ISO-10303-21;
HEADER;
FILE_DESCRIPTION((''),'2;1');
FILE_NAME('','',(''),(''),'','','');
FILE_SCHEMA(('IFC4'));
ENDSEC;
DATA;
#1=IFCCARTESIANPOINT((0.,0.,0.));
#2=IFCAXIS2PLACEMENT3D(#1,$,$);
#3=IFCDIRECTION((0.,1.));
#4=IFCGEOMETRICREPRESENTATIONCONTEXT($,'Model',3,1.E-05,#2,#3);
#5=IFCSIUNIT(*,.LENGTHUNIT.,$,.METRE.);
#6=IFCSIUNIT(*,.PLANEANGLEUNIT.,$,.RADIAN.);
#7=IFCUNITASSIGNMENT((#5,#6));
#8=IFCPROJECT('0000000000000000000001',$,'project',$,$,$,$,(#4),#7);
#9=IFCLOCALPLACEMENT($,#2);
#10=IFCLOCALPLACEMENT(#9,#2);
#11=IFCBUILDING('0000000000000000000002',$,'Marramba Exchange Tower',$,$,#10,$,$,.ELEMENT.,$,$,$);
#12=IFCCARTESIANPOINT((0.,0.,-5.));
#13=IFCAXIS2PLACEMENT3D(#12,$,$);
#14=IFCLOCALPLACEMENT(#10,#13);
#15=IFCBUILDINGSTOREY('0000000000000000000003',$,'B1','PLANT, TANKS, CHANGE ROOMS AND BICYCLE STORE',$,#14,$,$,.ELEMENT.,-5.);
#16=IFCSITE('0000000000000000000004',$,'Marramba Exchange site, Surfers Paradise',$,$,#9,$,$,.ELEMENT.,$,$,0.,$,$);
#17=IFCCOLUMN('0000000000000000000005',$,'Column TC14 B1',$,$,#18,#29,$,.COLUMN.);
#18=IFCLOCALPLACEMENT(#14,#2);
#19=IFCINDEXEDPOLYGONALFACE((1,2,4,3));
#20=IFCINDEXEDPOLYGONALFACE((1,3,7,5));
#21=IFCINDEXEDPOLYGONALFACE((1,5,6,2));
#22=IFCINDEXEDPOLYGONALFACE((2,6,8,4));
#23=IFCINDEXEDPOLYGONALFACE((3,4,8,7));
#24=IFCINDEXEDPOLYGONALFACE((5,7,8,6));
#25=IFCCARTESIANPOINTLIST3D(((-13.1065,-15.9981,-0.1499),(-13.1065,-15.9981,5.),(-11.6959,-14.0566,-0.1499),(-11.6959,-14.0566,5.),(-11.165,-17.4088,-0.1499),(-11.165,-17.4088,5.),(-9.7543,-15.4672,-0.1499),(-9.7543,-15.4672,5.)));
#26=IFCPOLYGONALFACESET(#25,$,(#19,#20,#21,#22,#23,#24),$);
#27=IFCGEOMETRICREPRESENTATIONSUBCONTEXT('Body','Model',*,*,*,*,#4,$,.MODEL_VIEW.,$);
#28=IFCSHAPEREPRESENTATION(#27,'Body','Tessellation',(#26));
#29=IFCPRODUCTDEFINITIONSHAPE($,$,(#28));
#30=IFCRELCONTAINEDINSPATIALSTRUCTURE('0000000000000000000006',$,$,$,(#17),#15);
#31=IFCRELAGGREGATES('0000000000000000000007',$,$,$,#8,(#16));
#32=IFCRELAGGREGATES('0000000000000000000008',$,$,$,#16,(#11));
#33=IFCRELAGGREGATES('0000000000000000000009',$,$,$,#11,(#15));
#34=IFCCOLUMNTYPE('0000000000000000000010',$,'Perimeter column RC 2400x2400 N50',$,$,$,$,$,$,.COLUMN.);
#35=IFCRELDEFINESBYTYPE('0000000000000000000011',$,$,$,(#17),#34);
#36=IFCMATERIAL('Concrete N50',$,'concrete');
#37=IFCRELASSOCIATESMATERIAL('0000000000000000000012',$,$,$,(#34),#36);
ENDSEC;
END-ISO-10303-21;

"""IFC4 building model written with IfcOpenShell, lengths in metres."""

from ifc_helpers import new_model, si_unit, direction, frame, origin, origin_2d, place, context, subcontext, project, spatial, rectangle, extrude, material, material_profile, profile_set, type_object, element, save


model = new_model("IFC4")

# Units and contexts
model_context = context("Model", 3, precision=1e-05, world=origin(), true_north=direction((0.0, 1.0)))
body_context = subcontext(model_context, "Body", "Model", "MODEL_VIEW")
ifc_project = project(units=[si_unit("LENGTHUNIT", "METRE"), si_unit("PLANEANGLEUNIT", "RADIAN")], contexts=[model_context])

# Site, building, storey
site_placement = place(None, origin())
site = spatial("IfcSite", under=ifc_project, at=site_placement, Name="Marramba Exchange site, Surfers Paradise", CompositionType="ELEMENT", RefElevation=0.0)
building_placement = place(site_placement, origin())
building = spatial("IfcBuilding", under=site, at=building_placement, Name="Marramba Exchange Tower", CompositionType="ELEMENT")
storey_placement = place(building_placement, frame((0.0, 0.0, -5.0)))
storey = spatial("IfcBuildingStorey", under=building, at=storey_placement, Name="B1", Description="PLANT, TANKS, CHANGE ROOMS AND BICYCLE STORE", CompositionType="ELEMENT", Elevation=-5.0)

# Shared definitions
ifc_material_1 = material(Name="Concrete N50", Category="concrete")

# Column
ifc_material_profile_1 = material_profile(ifc_material_1, rectangle(XDim=2.3999, YDim=2.3999, at=origin_2d()), Name="RC 2400x2400")
ifc_profile_set_1 = profile_set([ifc_material_profile_1], Name="Concrete N50")
column_type = type_object("IfcColumnType", Name="Perimeter column RC 2400x2400 N50", PredefinedType="COLUMN", material=ifc_profile_set_1)
column_placement = place(storey_placement, frame((-11.4304, -15.7327, -0.1499), z_axis=(0.0, 0.0, 1.0), x_axis=(-0.587785, -0.809017, 0.0)))
element("IfcColumn", 1, at=column_placement, inside=storey, type_object=column_type, Name="Column TC14 B1", PredefinedType="COLUMN", context=body_context, shape_type="SweptSolid", body=[
    extrude(rectangle(XDim=2.3999, YDim=2.3999, at=origin_2d()), origin(), (0.0, 0.0, 1.0), 5.1499),
])

save(model, "model.ifc")
